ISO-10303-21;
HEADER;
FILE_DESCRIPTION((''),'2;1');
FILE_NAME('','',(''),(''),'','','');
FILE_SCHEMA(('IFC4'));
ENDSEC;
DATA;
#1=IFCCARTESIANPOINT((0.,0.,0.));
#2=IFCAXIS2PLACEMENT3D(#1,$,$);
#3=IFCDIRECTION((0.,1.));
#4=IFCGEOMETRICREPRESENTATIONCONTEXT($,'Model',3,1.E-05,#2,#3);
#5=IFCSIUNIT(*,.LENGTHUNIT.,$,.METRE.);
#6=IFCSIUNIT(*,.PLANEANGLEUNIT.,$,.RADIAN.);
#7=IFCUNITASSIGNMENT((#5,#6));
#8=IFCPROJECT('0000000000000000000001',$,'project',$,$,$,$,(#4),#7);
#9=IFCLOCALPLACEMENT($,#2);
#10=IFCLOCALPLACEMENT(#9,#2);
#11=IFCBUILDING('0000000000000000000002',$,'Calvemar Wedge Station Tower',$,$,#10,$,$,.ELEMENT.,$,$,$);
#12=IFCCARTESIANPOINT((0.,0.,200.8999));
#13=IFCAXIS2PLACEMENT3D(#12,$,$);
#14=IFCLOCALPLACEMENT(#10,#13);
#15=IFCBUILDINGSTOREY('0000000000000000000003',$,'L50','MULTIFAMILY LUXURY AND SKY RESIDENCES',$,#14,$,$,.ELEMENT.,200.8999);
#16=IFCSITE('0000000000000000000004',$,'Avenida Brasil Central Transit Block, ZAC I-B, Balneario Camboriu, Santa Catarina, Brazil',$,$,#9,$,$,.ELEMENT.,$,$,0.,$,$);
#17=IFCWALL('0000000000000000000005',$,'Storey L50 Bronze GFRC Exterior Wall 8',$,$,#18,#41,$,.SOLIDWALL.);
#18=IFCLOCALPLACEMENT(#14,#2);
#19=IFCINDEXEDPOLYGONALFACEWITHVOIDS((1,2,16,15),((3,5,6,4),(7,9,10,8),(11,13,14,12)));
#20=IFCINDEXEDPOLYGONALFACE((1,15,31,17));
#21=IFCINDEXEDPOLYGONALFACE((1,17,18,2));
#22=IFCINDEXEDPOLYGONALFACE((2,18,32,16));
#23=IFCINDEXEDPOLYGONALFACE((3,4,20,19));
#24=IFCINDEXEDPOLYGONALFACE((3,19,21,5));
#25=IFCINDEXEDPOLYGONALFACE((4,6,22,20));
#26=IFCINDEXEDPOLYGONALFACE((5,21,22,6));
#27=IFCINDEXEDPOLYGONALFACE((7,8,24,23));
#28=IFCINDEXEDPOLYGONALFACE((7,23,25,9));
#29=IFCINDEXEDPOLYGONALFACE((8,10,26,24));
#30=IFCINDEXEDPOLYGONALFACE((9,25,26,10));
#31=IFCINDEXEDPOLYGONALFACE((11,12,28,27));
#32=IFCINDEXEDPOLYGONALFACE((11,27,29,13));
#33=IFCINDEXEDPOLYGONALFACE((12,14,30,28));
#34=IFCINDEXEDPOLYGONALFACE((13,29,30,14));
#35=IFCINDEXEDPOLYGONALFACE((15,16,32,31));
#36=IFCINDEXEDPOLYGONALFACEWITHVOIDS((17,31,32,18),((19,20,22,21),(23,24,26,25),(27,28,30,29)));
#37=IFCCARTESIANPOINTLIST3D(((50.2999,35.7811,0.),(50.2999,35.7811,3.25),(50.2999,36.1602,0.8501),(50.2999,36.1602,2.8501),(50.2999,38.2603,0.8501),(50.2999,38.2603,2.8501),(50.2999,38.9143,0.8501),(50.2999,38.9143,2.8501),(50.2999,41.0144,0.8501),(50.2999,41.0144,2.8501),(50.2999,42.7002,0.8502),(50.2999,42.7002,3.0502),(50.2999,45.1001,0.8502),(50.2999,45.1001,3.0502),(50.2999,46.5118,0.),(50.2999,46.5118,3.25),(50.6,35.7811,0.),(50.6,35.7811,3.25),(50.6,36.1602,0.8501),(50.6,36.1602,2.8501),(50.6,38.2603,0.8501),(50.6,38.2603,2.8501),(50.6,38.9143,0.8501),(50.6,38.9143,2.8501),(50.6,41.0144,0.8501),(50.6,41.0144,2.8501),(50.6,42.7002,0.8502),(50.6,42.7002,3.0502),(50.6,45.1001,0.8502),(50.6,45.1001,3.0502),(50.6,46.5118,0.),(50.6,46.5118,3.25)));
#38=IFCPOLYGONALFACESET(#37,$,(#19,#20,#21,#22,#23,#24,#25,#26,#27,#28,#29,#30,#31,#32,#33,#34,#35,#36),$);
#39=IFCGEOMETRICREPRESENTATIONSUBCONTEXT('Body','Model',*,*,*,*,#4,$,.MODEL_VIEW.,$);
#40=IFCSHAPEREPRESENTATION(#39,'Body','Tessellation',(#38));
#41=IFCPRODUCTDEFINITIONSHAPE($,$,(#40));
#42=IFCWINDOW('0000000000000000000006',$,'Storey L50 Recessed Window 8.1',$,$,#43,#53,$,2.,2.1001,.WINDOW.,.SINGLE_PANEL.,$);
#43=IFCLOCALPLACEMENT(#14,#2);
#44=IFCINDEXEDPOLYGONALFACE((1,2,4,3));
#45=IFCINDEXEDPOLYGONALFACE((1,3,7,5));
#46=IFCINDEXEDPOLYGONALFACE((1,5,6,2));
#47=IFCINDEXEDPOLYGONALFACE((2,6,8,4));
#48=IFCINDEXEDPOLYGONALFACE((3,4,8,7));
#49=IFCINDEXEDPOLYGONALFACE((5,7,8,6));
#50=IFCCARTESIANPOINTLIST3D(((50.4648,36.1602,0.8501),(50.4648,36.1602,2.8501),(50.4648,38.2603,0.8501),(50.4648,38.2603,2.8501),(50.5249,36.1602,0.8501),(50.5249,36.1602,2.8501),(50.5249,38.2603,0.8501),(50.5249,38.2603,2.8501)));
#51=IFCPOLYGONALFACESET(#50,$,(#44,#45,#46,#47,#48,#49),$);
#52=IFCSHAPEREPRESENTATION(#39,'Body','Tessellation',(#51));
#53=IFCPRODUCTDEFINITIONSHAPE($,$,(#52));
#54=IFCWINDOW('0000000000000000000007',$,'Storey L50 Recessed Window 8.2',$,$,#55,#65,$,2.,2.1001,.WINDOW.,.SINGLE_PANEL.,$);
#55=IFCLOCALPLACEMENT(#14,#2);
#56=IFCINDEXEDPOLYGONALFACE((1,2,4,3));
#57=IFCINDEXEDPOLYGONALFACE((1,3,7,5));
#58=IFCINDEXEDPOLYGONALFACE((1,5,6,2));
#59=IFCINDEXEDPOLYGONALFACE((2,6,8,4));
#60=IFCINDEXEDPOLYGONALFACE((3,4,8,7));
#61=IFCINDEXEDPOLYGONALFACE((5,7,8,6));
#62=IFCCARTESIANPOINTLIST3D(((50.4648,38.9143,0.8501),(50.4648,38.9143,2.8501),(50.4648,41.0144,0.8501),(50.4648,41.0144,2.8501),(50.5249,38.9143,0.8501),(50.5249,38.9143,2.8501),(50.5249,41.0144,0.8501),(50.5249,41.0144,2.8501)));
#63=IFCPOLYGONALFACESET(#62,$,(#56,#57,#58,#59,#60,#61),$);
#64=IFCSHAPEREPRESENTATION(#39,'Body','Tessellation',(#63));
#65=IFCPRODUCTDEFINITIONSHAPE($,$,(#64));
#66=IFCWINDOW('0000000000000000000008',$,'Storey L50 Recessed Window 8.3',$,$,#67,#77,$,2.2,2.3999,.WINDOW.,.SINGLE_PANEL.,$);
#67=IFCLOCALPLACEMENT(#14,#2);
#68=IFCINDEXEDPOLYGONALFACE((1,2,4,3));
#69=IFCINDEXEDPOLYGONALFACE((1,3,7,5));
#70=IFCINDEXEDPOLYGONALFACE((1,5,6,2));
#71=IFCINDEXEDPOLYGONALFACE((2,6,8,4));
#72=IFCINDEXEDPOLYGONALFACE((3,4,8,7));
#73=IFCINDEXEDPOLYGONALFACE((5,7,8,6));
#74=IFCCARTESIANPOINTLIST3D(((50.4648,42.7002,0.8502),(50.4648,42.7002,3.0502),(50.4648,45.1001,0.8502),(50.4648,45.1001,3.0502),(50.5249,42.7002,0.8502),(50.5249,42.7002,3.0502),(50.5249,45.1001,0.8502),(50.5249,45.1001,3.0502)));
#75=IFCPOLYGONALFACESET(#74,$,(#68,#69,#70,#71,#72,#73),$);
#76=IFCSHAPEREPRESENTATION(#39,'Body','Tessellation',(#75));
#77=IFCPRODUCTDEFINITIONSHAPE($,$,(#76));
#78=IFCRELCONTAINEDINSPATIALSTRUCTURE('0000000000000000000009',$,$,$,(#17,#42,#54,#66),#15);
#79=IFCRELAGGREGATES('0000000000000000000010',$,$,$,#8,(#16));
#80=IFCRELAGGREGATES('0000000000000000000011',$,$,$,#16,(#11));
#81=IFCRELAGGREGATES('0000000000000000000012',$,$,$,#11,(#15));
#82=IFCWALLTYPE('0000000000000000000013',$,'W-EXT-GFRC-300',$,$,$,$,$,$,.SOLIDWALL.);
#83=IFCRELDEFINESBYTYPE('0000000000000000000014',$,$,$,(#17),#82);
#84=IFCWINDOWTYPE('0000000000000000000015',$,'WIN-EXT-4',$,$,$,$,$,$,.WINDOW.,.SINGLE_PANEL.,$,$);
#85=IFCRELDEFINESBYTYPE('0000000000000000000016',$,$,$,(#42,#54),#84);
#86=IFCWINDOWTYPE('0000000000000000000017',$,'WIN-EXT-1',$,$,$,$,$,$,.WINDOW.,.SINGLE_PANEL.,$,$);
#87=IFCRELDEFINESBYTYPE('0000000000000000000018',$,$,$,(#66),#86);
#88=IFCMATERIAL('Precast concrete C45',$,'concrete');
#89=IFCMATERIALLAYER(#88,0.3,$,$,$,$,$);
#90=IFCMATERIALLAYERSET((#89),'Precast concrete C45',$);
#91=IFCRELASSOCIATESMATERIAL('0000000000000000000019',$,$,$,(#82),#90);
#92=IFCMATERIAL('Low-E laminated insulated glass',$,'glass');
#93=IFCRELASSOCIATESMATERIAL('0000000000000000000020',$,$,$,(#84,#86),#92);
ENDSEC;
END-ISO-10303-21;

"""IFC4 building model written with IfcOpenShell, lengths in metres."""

from ifc_helpers import new_model, si_unit, direction, frame, frame_2d, origin, place, context, subcontext, project, spatial, rectangle, extrude, source, transform, mapped, material, layer, layer_set, type_object, element, fill, save


model = new_model("IFC4")

# Units and contexts
model_context = context("Model", 3, precision=1e-05, world=origin(), true_north=direction((0.0, 1.0)))
body_context = subcontext(model_context, "Body", "Model", "MODEL_VIEW")
ifc_project = project(units=[si_unit("LENGTHUNIT", "METRE"), si_unit("PLANEANGLEUNIT", "RADIAN")], contexts=[model_context])

# Site, building, storey
site_placement = place(None, origin())
site = spatial("IfcSite", under=ifc_project, at=site_placement, Name="Avenida Brasil Central Transit Block, ZAC I-B, Balneario Camboriu, Santa Catarina, Brazil", CompositionType="ELEMENT", RefElevation=0.0)
building_placement = place(site_placement, origin())
building = spatial("IfcBuilding", under=site, at=building_placement, Name="Calvemar Wedge Station Tower", CompositionType="ELEMENT")
storey_placement = place(building_placement, frame((0.0, 0.0, 200.8999)))
storey = spatial("IfcBuildingStorey", under=building, at=storey_placement, Name="L50", Description="MULTIFAMILY LUXURY AND SKY RESIDENCES", CompositionType="ELEMENT", Elevation=200.8999)

# Shared definitions
ifc_material_1 = material(Name="Low-E laminated insulated glass", Category="glass")

# Shared definitions
ifc_material_2 = material(Name="Precast concrete C45", Category="concrete")
ifc_layer_1 = layer(ifc_material_2, 0.3)
ifc_layer_set_1 = layer_set([ifc_layer_1], Name="Precast concrete C45")
wall_type_1 = type_object("IfcWallType", Name="W-EXT-GFRC-300", PredefinedType="SOLIDWALL", material=ifc_layer_set_1)

# Wall, openings, windows
wall_1_placement = place(storey_placement, frame((50.45, 35.7812, 0.0), z_axis=(0.0, 0.0, 1.0), x_axis=(0.0, 1.0, 0.0)))
wall_1 = element("IfcWall", 1, at=wall_1_placement, inside=storey, type_object=wall_type_1, Name="Storey L50 Bronze GFRC Exterior Wall 8", PredefinedType="SOLIDWALL", context=body_context, shape_type="SweptSolid", body=[
    extrude(rectangle(XDim=10.7307, YDim=0.3, at=frame_2d((5.3652, 0.0))), origin(), (0.0, 0.0, 1.0), 3.25),
])
shared_shape_1 = source(origin(), body_context, "Body", "SweptSolid", [
    extrude(rectangle(XDim=2.1001, YDim=2.0, at=frame_2d((1.05, 1.0))), frame((0.0, 0.1602, 0.0), z_axis=(0.0, -1.0, 0.0), x_axis=(1.0, 0.0, 0.0)), (0.0, 0.0, 1.0), 0.3201),
])
opening_1_placement = place(wall_1_placement, frame((0.3789, 0.0, 0.8501)))
opening_1 = element("IfcOpeningElement", 2, at=opening_1_placement, cuts=wall_1, PredefinedType="OPENING", context=body_context, shape_type="MappedRepresentation", body=[
    mapped(shared_shape_1, transform((0.0, 0.0, 0.0), scale=1.0)),
])
opening_2_placement = place(wall_1_placement, frame((3.1331, 0.0, 0.8501)))
opening_2 = element("IfcOpeningElement", 3, at=opening_2_placement, cuts=wall_1, PredefinedType="OPENING", context=body_context, shape_type="MappedRepresentation", body=[
    mapped(shared_shape_1, transform((0.0, 0.0, 0.0), scale=1.0)),
])
shared_shape_2 = source(origin(), body_context, "Body", "SweptSolid", [
    extrude(rectangle(XDim=2.3999, YDim=2.2, at=frame_2d((1.2, 1.1001))), frame((0.0, 0.1602, 0.0), z_axis=(0.0, -1.0, 0.0), x_axis=(1.0, 0.0, 0.0)), (0.0, 0.0, 1.0), 0.3201),
])
opening_3_placement = place(wall_1_placement, frame((6.9189, 0.0, 0.8501)))
opening_3 = element("IfcOpeningElement", 4, at=opening_3_placement, cuts=wall_1, PredefinedType="OPENING", context=body_context, shape_type="MappedRepresentation", body=[
    mapped(shared_shape_2, transform((0.0, 0.0, 0.0), scale=1.0)),
])
window_type_1 = type_object("IfcWindowType", Name="WIN-EXT-4", PartitioningType="SINGLE_PANEL", PredefinedType="WINDOW", material=ifc_material_1)
shared_shape_3 = source(origin(), body_context, "Body", "SweptSolid", [
    extrude(rectangle(XDim=2.1001, YDim=2.0, at=frame_2d((1.05, 1.0))), frame((0.0, -0.0149, 0.0), z_axis=(0.0, -1.0, 0.0), x_axis=(1.0, 0.0, 0.0)), (0.0, 0.0, 1.0), 0.0601),
])
window_1_placement = place(opening_1_placement, origin())
window_1 = element("IfcWindow", 5, at=window_1_placement, inside=storey, type_object=window_type_1, Name="Storey L50 Recessed Window 8.1", OverallHeight=2.0, OverallWidth=2.1001, PartitioningType="SINGLE_PANEL", PredefinedType="WINDOW", context=body_context, shape_type="MappedRepresentation", body=[
    mapped(shared_shape_3, transform((0.0, 0.0, 0.0), scale=1.0)),
])
fill(opening_1, window_1)
window_2_placement = place(opening_2_placement, origin())
window_2 = element("IfcWindow", 6, at=window_2_placement, inside=storey, type_object=window_type_1, Name="Storey L50 Recessed Window 8.2", OverallHeight=2.0, OverallWidth=2.1001, PartitioningType="SINGLE_PANEL", PredefinedType="WINDOW", context=body_context, shape_type="MappedRepresentation", body=[
    mapped(shared_shape_3, transform((0.0, 0.0, 0.0), scale=1.0)),
])
fill(opening_2, window_2)
window_type_2 = type_object("IfcWindowType", Name="WIN-EXT-1", PartitioningType="SINGLE_PANEL", PredefinedType="WINDOW", material=ifc_material_1)
shared_shape_4 = source(origin(), body_context, "Body", "SweptSolid", [
    extrude(rectangle(XDim=2.3999, YDim=2.2, at=frame_2d((1.2, 1.1001))), frame((0.0, -0.0149, 0.0), z_axis=(0.0, -1.0, 0.0), x_axis=(1.0, 0.0, 0.0)), (0.0, 0.0, 1.0), 0.0601),
])
window_3_placement = place(opening_3_placement, origin())
window_3 = element("IfcWindow", 7, at=window_3_placement, inside=storey, type_object=window_type_2, Name="Storey L50 Recessed Window 8.3", OverallHeight=2.2, OverallWidth=2.3999, PartitioningType="SINGLE_PANEL", PredefinedType="WINDOW", context=body_context, shape_type="MappedRepresentation", body=[
    mapped(shared_shape_4, transform((0.0, 0.0, 0.0), scale=1.0)),
])
fill(opening_3, window_3)

save(model, "model.ifc")
